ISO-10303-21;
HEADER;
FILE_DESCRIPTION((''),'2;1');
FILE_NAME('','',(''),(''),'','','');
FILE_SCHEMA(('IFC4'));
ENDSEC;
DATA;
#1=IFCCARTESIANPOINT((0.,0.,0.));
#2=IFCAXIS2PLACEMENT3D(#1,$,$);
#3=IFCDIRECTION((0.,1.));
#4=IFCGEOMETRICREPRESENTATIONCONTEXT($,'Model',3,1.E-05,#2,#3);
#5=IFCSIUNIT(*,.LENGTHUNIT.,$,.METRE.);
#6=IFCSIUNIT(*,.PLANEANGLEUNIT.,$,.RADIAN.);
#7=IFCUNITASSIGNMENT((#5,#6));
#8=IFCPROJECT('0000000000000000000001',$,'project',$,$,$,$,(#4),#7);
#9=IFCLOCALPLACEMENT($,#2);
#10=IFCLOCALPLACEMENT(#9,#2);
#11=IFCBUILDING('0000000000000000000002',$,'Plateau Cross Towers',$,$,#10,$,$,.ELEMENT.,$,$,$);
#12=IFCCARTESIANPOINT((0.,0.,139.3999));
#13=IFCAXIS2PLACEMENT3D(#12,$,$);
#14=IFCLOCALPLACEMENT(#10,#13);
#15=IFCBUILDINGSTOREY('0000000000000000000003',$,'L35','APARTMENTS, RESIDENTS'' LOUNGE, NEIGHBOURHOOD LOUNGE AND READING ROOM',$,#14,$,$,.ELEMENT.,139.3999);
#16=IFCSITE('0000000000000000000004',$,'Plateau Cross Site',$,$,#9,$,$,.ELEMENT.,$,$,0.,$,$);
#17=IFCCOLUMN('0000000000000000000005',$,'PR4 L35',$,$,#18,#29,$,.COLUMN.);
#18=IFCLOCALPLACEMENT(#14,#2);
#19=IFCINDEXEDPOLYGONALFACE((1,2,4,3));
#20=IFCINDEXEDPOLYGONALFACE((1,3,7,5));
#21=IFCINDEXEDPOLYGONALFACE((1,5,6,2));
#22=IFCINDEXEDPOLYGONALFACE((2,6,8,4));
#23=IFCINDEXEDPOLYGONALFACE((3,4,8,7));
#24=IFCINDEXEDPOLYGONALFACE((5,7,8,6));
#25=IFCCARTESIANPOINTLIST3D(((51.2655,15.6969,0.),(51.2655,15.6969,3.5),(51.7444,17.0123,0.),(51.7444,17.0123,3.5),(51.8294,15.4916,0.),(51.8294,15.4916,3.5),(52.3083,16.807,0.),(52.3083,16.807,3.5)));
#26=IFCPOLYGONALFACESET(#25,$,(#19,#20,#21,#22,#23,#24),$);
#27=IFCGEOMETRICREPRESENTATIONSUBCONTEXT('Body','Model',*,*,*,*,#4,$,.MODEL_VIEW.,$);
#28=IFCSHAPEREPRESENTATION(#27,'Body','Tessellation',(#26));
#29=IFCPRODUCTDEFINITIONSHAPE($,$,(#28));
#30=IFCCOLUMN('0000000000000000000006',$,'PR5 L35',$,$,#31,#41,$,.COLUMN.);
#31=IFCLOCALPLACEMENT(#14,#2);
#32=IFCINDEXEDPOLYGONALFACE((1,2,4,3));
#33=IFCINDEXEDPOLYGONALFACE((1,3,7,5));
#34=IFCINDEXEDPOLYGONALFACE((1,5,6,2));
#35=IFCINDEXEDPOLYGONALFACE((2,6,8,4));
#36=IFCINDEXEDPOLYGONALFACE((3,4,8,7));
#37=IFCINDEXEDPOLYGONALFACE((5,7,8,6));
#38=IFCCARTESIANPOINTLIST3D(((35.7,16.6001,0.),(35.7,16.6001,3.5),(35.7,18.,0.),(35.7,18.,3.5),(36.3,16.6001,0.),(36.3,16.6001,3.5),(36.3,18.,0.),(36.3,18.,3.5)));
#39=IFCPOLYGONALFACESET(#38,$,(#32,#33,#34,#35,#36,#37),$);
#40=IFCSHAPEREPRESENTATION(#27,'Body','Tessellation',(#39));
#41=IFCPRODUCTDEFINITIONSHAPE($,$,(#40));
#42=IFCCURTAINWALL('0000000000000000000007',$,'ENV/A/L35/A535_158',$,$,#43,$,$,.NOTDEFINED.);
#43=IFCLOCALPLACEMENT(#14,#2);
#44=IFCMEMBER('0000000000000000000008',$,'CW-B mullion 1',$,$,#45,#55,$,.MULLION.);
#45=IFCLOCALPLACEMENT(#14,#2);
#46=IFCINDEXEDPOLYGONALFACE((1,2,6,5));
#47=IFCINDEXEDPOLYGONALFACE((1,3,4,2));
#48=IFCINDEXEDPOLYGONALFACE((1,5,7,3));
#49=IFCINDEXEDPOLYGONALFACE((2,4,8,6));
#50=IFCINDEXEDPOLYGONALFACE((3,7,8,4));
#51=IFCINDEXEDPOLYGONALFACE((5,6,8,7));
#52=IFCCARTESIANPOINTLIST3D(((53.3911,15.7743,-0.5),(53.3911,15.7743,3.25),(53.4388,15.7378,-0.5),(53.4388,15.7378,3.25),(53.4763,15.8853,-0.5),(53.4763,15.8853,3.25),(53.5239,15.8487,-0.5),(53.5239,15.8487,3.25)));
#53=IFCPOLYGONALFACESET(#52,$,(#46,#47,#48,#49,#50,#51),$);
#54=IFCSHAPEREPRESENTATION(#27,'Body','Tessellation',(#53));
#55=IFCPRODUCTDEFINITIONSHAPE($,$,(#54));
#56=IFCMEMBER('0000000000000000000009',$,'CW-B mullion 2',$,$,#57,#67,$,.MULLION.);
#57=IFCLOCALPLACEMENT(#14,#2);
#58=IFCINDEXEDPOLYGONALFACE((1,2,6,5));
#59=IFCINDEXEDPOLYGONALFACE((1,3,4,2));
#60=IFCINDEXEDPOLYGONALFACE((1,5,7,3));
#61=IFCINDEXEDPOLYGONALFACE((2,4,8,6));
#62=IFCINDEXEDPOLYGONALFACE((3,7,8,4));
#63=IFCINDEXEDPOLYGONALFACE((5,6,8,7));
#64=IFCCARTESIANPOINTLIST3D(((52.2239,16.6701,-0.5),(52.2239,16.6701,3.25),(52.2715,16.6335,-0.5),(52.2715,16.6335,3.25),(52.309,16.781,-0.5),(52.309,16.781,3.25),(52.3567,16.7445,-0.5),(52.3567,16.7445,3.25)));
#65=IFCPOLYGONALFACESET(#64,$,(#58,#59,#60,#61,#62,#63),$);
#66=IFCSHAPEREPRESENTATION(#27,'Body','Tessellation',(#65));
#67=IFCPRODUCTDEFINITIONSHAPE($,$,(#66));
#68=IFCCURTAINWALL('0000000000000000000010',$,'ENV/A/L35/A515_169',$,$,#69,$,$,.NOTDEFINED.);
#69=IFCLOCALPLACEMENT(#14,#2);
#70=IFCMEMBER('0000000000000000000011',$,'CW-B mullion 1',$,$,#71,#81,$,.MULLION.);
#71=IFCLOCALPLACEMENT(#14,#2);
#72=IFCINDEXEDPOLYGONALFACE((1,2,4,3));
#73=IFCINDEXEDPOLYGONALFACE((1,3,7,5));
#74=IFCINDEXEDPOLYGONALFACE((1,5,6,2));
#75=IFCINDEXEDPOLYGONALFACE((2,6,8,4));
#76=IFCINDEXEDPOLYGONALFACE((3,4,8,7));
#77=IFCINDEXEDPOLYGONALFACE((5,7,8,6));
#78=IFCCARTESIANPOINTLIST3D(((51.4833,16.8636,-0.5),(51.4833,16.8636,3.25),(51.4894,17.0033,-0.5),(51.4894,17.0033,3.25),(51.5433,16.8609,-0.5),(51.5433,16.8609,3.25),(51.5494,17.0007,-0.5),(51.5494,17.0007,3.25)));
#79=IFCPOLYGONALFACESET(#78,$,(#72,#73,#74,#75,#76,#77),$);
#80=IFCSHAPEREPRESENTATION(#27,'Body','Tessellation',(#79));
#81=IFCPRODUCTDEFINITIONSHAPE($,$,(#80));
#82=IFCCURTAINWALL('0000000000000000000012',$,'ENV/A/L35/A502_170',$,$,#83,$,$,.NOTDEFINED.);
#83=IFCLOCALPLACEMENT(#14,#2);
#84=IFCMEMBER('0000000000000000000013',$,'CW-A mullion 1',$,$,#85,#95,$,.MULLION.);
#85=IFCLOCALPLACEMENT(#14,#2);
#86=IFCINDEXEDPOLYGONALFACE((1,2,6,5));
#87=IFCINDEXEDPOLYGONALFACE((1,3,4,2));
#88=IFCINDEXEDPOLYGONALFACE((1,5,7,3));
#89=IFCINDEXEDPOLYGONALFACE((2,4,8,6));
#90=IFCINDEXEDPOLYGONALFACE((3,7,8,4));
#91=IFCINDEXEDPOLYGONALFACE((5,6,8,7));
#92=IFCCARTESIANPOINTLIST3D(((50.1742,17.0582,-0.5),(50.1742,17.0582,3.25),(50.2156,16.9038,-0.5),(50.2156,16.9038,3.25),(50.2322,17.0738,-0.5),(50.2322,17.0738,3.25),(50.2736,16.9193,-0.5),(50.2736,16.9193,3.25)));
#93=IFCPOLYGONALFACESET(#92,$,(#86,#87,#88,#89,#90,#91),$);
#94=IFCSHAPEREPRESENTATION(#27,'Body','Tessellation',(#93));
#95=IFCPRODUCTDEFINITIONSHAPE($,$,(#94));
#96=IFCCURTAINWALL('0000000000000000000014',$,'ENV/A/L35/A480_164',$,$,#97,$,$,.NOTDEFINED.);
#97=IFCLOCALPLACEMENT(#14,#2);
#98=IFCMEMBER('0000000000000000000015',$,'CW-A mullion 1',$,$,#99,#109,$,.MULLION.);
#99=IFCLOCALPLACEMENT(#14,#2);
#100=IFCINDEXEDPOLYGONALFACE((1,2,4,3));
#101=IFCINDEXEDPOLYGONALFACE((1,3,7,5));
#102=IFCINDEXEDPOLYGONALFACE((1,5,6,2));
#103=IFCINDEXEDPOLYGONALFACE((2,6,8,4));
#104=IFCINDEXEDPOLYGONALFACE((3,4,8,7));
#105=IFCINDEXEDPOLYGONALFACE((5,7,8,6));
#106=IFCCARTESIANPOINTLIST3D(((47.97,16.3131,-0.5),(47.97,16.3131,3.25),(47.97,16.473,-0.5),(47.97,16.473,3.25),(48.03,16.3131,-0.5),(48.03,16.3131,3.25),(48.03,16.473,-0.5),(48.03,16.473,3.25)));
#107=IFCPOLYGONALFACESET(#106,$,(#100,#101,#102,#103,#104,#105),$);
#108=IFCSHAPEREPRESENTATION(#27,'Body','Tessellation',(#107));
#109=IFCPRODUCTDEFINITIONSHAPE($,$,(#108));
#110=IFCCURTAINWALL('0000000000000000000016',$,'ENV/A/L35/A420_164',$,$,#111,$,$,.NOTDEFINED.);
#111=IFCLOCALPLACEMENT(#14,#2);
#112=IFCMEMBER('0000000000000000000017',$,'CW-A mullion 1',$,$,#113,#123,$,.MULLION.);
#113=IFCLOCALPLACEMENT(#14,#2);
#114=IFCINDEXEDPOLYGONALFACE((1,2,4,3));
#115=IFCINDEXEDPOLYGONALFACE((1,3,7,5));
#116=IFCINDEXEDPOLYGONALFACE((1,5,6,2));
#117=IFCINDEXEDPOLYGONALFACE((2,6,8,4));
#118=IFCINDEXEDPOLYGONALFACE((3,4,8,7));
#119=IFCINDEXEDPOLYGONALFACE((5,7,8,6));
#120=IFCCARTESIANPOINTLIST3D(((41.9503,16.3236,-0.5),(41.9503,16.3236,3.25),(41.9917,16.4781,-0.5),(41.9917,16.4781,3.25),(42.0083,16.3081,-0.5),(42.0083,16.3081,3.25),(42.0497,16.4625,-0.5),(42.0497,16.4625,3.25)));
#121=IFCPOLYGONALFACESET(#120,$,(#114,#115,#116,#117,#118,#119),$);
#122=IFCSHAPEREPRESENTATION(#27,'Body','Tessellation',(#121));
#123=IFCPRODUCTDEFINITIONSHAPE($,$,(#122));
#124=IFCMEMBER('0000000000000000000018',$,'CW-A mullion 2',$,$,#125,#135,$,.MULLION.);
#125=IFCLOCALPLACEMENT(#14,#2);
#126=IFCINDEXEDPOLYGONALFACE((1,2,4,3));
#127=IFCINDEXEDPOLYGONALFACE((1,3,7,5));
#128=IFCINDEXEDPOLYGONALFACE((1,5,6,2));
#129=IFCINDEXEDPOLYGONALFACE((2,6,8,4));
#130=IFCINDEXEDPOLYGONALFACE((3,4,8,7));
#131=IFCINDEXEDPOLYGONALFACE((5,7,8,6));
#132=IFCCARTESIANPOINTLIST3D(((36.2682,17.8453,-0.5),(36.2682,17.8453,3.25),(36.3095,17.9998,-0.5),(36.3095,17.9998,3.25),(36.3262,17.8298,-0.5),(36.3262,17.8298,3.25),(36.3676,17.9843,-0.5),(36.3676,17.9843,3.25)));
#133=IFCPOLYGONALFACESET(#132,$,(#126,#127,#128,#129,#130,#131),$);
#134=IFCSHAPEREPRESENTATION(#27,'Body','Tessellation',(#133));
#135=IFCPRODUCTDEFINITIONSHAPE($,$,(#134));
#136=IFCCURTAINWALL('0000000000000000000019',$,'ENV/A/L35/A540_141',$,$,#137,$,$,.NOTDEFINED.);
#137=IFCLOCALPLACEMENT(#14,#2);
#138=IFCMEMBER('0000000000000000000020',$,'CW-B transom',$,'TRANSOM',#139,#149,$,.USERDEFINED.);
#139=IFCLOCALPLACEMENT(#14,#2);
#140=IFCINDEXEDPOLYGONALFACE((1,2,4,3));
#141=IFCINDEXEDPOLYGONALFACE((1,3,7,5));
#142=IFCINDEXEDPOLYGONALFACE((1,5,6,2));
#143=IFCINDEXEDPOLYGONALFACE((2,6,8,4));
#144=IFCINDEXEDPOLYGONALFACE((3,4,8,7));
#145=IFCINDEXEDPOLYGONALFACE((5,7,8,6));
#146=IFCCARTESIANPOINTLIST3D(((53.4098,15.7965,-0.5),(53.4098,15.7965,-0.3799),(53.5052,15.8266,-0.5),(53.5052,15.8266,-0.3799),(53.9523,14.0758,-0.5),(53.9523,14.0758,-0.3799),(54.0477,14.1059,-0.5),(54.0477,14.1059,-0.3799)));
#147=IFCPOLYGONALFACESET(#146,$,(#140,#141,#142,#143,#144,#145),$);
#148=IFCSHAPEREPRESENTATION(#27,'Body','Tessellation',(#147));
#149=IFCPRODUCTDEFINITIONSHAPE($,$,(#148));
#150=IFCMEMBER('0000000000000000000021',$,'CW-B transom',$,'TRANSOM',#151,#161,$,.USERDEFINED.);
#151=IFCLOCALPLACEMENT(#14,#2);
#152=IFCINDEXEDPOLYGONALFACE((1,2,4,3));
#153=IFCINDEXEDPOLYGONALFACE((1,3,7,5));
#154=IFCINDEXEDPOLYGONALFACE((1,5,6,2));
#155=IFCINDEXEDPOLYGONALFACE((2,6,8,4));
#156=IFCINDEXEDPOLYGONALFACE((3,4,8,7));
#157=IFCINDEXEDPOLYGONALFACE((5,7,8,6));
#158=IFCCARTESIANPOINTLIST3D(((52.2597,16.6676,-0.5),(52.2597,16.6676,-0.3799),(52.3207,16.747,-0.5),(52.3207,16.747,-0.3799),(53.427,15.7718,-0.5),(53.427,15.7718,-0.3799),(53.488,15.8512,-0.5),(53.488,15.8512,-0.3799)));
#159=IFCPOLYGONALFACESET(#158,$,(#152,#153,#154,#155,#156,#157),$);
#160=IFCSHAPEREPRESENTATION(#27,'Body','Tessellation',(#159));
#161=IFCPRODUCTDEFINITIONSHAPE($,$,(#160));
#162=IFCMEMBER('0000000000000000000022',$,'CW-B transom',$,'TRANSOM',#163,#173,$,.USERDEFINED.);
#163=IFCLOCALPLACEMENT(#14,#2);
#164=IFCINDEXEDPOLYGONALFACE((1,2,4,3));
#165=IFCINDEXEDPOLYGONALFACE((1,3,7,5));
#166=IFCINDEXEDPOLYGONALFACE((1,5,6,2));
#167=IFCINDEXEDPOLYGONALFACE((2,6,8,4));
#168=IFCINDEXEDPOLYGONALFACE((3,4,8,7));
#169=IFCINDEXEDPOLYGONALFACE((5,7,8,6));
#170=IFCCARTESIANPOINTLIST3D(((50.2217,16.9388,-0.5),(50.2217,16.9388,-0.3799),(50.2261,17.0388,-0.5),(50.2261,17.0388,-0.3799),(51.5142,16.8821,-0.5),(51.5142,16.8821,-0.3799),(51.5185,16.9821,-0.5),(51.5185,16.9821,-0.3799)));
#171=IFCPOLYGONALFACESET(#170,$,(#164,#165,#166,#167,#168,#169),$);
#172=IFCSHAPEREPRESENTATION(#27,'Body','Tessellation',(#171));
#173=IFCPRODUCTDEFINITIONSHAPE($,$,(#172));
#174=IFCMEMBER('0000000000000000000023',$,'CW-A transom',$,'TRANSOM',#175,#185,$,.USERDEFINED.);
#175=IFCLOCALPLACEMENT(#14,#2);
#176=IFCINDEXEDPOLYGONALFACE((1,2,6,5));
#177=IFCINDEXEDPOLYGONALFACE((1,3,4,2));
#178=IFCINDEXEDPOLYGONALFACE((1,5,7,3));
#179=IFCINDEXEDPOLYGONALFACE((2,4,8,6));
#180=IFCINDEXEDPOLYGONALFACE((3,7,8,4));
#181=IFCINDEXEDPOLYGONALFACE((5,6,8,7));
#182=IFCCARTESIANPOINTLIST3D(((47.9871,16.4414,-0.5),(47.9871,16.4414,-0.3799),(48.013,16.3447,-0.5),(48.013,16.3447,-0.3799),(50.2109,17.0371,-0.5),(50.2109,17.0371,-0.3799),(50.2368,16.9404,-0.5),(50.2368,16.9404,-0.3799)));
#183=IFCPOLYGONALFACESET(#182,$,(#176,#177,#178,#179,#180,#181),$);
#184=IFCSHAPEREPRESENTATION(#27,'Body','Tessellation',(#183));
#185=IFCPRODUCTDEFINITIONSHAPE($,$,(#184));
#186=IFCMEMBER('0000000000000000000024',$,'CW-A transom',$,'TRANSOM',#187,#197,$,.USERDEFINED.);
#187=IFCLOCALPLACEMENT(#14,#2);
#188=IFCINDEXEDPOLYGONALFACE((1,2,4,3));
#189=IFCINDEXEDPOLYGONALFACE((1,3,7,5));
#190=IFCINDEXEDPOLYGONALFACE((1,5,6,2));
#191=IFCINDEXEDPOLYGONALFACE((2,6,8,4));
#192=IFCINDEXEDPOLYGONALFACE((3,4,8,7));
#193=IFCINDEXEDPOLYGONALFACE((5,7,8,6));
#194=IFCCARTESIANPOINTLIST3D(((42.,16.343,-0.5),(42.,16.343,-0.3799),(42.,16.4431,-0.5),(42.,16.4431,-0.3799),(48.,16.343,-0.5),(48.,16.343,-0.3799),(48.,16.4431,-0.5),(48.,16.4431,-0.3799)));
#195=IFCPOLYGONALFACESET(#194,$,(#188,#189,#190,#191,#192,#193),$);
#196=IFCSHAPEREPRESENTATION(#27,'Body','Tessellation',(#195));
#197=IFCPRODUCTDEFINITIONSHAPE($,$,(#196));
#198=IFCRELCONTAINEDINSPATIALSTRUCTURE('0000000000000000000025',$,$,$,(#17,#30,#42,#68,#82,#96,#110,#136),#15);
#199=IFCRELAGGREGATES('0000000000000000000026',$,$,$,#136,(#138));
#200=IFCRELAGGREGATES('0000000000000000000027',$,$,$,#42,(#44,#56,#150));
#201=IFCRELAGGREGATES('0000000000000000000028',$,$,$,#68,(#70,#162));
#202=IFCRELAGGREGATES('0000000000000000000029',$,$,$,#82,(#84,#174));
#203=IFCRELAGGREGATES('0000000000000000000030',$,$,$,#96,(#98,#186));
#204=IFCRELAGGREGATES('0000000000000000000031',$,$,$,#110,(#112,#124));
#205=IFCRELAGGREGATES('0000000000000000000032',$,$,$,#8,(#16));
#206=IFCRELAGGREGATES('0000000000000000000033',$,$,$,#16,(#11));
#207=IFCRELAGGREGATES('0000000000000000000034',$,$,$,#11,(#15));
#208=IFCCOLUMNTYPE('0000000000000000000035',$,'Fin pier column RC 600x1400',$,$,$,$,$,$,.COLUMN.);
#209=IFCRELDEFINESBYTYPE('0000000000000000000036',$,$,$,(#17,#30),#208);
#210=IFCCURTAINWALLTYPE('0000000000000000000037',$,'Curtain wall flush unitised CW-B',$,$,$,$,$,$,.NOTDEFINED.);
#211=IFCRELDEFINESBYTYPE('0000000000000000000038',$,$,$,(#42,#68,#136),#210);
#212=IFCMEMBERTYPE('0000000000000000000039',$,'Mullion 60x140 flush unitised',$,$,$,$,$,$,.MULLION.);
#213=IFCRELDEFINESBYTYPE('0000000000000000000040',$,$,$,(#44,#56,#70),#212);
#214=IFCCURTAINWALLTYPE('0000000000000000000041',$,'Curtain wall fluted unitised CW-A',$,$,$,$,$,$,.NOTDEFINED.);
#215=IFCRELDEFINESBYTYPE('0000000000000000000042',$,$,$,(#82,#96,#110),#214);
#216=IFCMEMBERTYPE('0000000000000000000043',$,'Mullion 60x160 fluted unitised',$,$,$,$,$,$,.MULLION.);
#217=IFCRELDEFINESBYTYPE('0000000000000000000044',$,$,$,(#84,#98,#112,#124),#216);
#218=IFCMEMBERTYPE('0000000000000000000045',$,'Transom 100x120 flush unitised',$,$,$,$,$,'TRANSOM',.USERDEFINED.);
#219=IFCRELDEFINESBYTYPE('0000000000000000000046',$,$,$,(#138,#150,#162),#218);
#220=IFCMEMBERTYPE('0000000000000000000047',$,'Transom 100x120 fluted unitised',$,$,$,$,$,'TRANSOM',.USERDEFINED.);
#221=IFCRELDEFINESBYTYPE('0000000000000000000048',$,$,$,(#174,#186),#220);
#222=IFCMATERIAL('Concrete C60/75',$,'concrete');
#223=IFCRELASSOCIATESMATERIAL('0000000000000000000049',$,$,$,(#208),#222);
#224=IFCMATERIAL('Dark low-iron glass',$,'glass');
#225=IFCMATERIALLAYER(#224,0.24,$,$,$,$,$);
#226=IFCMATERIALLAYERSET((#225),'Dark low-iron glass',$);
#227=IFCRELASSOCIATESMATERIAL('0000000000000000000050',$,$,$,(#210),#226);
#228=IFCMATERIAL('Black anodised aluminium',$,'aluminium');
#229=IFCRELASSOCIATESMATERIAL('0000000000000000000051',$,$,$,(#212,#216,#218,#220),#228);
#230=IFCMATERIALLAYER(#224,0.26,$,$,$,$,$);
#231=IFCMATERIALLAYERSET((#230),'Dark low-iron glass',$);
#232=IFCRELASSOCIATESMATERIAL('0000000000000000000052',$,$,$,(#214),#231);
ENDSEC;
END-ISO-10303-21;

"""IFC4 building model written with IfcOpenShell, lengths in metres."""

from ifc_helpers import new_model, si_unit, direction, frame, origin, origin_2d, place, context, subcontext, project, spatial, rectangle, extrude, material, layer, layer_set, material_profile, profile_set, type_object, element, aggregate, save


model = new_model("IFC4")

# Units and contexts
model_context = context("Model", 3, precision=1e-05, world=origin(), true_north=direction((0.0, 1.0)))
body_context = subcontext(model_context, "Body", "Model", "MODEL_VIEW")
ifc_project = project(units=[si_unit("LENGTHUNIT", "METRE"), si_unit("PLANEANGLEUNIT", "RADIAN")], contexts=[model_context])

# Site, building, storey
site_placement = place(None, origin())
site = spatial("IfcSite", under=ifc_project, at=site_placement, Name="Plateau Cross Site", CompositionType="ELEMENT", RefElevation=0.0)
building_placement = place(site_placement, origin())
building = spatial("IfcBuilding", under=site, at=building_placement, Name="Plateau Cross Towers", CompositionType="ELEMENT")
storey_placement = place(building_placement, frame((0.0, 0.0, 139.3999)))
storey = spatial("IfcBuildingStorey", under=building, at=storey_placement, Name="L35", Description="APARTMENTS, RESIDENTS' LOUNGE, NEIGHBOURHOOD LOUNGE AND READING ROOM", CompositionType="ELEMENT", Elevation=139.3999)

# Columns
ifc_material_1 = material(Name="Concrete C60/75", Category="concrete")
ifc_material_profile_1 = material_profile(ifc_material_1, rectangle(XDim=0.6001, YDim=1.3999, at=origin_2d()), Name="RC 600x1400")
ifc_profile_set_1 = profile_set([ifc_material_profile_1], Name="Concrete C60/75")
column_type = type_object("IfcColumnType", Name="Fin pier column RC 600x1400", PredefinedType="COLUMN", material=ifc_profile_set_1)
for number, where, z_axis, x_axis, name in (
    (1, (51.7869, 16.252, 0.0), (0.0, 0.0, 1.0), (-0.939664, 0.342098, 0.0), "PR4 L35"),
    (2, (36.0, 17.3, 0.0), (0.0, 0.0, 1.0), (1.0, 0.0, 0.0), "PR5 L35"),
):
    element("IfcColumn", number, at=place(storey_placement, frame(where, z_axis=z_axis, x_axis=x_axis)), inside=storey, type_object=column_type, Name=name, PredefinedType="COLUMN", context=body_context, shape_type="SweptSolid", body=[
        extrude(rectangle(XDim=0.6001, YDim=1.3999, at=origin_2d()), origin(), (0.0, 0.0, 1.0), 3.5),
    ])

# Curtain wall, members
ifc_material_2 = material(Name="Dark low-iron glass", Category="glass")
ifc_layer_1 = layer(ifc_material_2, 0.24)
ifc_layer_set_1 = layer_set([ifc_layer_1], Name="Dark low-iron glass")
curtain_wall_type_1 = type_object("IfcCurtainWallType", Name="Curtain wall flush unitised CW-B", PredefinedType="NOTDEFINED", material=ifc_layer_set_1)
curtain_wall_1_placement = place(storey_placement, origin())
curtain_wall_1 = element("IfcCurtainWall", 3, at=curtain_wall_1_placement, inside=storey, type_object=curtain_wall_type_1, Name="ENV/A/L35/A535_158", PredefinedType="NOTDEFINED")
ifc_material_3 = material(Name="Black anodised aluminium", Category="aluminium")
ifc_material_profile_2 = material_profile(ifc_material_3, rectangle(XDim=0.0601, YDim=0.1399, at=origin_2d()), Name="MULLION 60x140")
ifc_profile_set_2 = profile_set([ifc_material_profile_2], Name="Black anodised aluminium")
member_type_1 = type_object("IfcMemberType", Name="Mullion 60x140 flush unitised", PredefinedType="MULLION", material=ifc_profile_set_2)
member_1_placement = place(storey_placement, frame((53.4575, 15.8115, -0.5), z_axis=(0.0, 0.0, 1.0), x_axis=(-0.793316, 0.608811, 0.0)))
member_1 = element("IfcMember", 4, at=member_1_placement, type_object=member_type_1, Name="CW-B mullion 1", PredefinedType="MULLION", context=body_context, shape_type="SweptSolid", body=[
    extrude(rectangle(XDim=0.0601, YDim=0.1399, at=origin_2d()), origin(), (0.0, 0.0, 1.0), 3.75),
])
member_2_placement = place(storey_placement, frame((52.2903, 16.7073, -0.5), z_axis=(0.0, 0.0, 1.0), x_axis=(-0.793316, 0.608811, 0.0)))
member_2 = element("IfcMember", 5, at=member_2_placement, type_object=member_type_1, Name="CW-B mullion 2", PredefinedType="MULLION", context=body_context, shape_type="SweptSolid", body=[
    extrude(rectangle(XDim=0.0601, YDim=0.1399, at=origin_2d()), origin(), (0.0, 0.0, 1.0), 3.75),
])

# Curtain walls, members
curtain_wall_2_placement = place(storey_placement, origin())
curtain_wall_2 = element("IfcCurtainWall", 6, at=curtain_wall_2_placement, inside=storey, type_object=curtain_wall_type_1, Name="ENV/A/L35/A515_169", PredefinedType="NOTDEFINED")
member_3_placement = place(storey_placement, frame((51.5164, 16.9321, -0.5), z_axis=(0.0, 0.0, 1.0), x_axis=(-0.999044, 0.043723, 0.0)))
member_3 = element("IfcMember", 7, at=member_3_placement, type_object=member_type_1, Name="CW-B mullion 1", PredefinedType="MULLION", context=body_context, shape_type="SweptSolid", body=[
    extrude(rectangle(XDim=0.0601, YDim=0.1399, at=origin_2d()), origin(), (0.0, 0.0, 1.0), 3.75),
])
ifc_layer_2 = layer(ifc_material_2, 0.26)
ifc_layer_set_2 = layer_set([ifc_layer_2], Name="Dark low-iron glass")
curtain_wall_type_2 = type_object("IfcCurtainWallType", Name="Curtain wall fluted unitised CW-A", PredefinedType="NOTDEFINED", material=ifc_layer_set_2)
curtain_wall_3_placement = place(storey_placement, origin())
curtain_wall_3 = element("IfcCurtainWall", 8, at=curtain_wall_3_placement, inside=storey, type_object=curtain_wall_type_2, Name="ENV/A/L35/A502_170", PredefinedType="NOTDEFINED")
ifc_material_profile_3 = material_profile(ifc_material_3, rectangle(XDim=0.0601, YDim=0.1599, at=origin_2d()), Name="MULLION 60x160")
ifc_profile_set_3 = profile_set([ifc_material_profile_3], Name="Black anodised aluminium")
member_type_2 = type_object("IfcMemberType", Name="Mullion 60x160 fluted unitised", PredefinedType="MULLION", material=ifc_profile_set_3)
member_4_placement = place(storey_placement, frame((50.2239, 16.9888, -0.5), z_axis=(0.0, 0.0, 1.0), x_axis=(-0.965958, -0.258699, 0.0)))
member_4 = element("IfcMember", 9, at=member_4_placement, type_object=member_type_2, Name="CW-A mullion 1", PredefinedType="MULLION", context=body_context, shape_type="SweptSolid", body=[
    extrude(rectangle(XDim=0.0601, YDim=0.1599, at=origin_2d()), origin(), (0.0, 0.0, 1.0), 3.75),
])
curtain_wall_4_placement = place(storey_placement, origin())
curtain_wall_4 = element("IfcCurtainWall", 10, at=curtain_wall_4_placement, inside=storey, type_object=curtain_wall_type_2, Name="ENV/A/L35/A480_164", PredefinedType="NOTDEFINED")
member_5_placement = place(storey_placement, frame((48.0, 16.3931, -0.5), z_axis=(0.0, 0.0, 1.0), x_axis=(-1.0, 0.0, 0.0)))
member_5 = element("IfcMember", 11, at=member_5_placement, type_object=member_type_2, Name="CW-A mullion 1", PredefinedType="MULLION", context=body_context, shape_type="SweptSolid", body=[
    extrude(rectangle(XDim=0.0601, YDim=0.1599, at=origin_2d()), origin(), (0.0, 0.0, 1.0), 3.75),
])

# Curtain wall, members
curtain_wall_5_placement = place(storey_placement, origin())
curtain_wall_5 = element("IfcCurtainWall", 12, at=curtain_wall_5_placement, inside=storey, type_object=curtain_wall_type_2, Name="ENV/A/L35/A420_164", PredefinedType="NOTDEFINED")
member_6_placement = place(storey_placement, frame((42.0, 16.3931, -0.5), z_axis=(0.0, 0.0, 1.0), x_axis=(-0.965958, 0.258699, 0.0)))
member_6 = element("IfcMember", 13, at=member_6_placement, type_object=member_type_2, Name="CW-A mullion 1", PredefinedType="MULLION", context=body_context, shape_type="SweptSolid", body=[
    extrude(rectangle(XDim=0.0601, YDim=0.1599, at=origin_2d()), origin(), (0.0, 0.0, 1.0), 3.75),
])
member_7_placement = place(storey_placement, frame((36.3179, 17.9148, -0.5), z_axis=(0.0, 0.0, 1.0), x_axis=(-0.965958, 0.258699, 0.0)))
member_7 = element("IfcMember", 14, at=member_7_placement, type_object=member_type_2, Name="CW-A mullion 2", PredefinedType="MULLION", context=body_context, shape_type="SweptSolid", body=[
    extrude(rectangle(XDim=0.0601, YDim=0.1599, at=origin_2d()), origin(), (0.0, 0.0, 1.0), 3.75),
])

# Curtain wall, member
curtain_wall_6_placement = place(storey_placement, origin())
curtain_wall_6 = element("IfcCurtainWall", 15, at=curtain_wall_6_placement, inside=storey, type_object=curtain_wall_type_1, Name="ENV/A/L35/A540_141", PredefinedType="NOTDEFINED")
ifc_material_profile_4 = material_profile(ifc_material_3, rectangle(XDim=0.1001, YDim=0.1201, at=origin_2d()), Name="TRANSOM 100x120")
ifc_profile_set_4 = profile_set([ifc_material_profile_4], Name="Black anodised aluminium")
member_type_3 = type_object("IfcMemberType", Name="Transom 100x120 flush unitised", ElementType="TRANSOM", PredefinedType="USERDEFINED", material=ifc_profile_set_4)
member_8_placement = place(storey_placement, frame((54.0, 14.0908, -0.4399), z_axis=(-0.300678, 0.953726, 0.0), x_axis=(-0.953726, -0.300678, 0.0)))
member_8 = element("IfcMember", 16, at=member_8_placement, type_object=member_type_3, Name="CW-B transom", ObjectType="TRANSOM", PredefinedType="USERDEFINED", context=body_context, shape_type="SweptSolid", body=[
    extrude(rectangle(XDim=0.1001, YDim=0.1201, at=origin_2d()), origin(), (0.0, 0.0, 1.0), 1.8042),
])

# Members
member_9_placement = place(storey_placement, frame((53.4575, 15.8115, -0.4399), z_axis=(-0.793321, 0.608804, 0.0), x_axis=(-0.608804, -0.793321, 0.0)))
member_9 = element("IfcMember", 17, at=member_9_placement, type_object=member_type_3, Name="CW-B transom", ObjectType="TRANSOM", PredefinedType="USERDEFINED", context=body_context, shape_type="SweptSolid", body=[
    extrude(rectangle(XDim=0.1001, YDim=0.1201, at=origin_2d()), origin(), (0.0, 0.0, 1.0), 1.4714),
])
member_10_placement = place(storey_placement, frame((51.5164, 16.9321, -0.4399), z_axis=(-0.999041, 0.043781, 0.0), x_axis=(-0.043781, -0.999041, 0.0)))
member_10 = element("IfcMember", 18, at=member_10_placement, type_object=member_type_3, Name="CW-B transom", ObjectType="TRANSOM", PredefinedType="USERDEFINED", context=body_context, shape_type="SweptSolid", body=[
    extrude(rectangle(XDim=0.1001, YDim=0.1201, at=origin_2d()), origin(), (0.0, 0.0, 1.0), 1.2937),
])
ifc_material_profile_5 = material_profile(ifc_material_3, rectangle(XDim=0.1001, YDim=0.1201, at=origin_2d()), Name="TRANSOM 100x120")
ifc_profile_set_5 = profile_set([ifc_material_profile_5], Name="Black anodised aluminium")
member_type_4 = type_object("IfcMemberType", Name="Transom 100x120 fluted unitised", ElementType="TRANSOM", PredefinedType="USERDEFINED", material=ifc_profile_set_5)
member_11_placement = place(storey_placement, frame((50.2239, 16.9888, -0.4399), z_axis=(-0.965946, -0.258745, 0.0), x_axis=(0.258745, -0.965946, 0.0)))
member_11 = element("IfcMember", 19, at=member_11_placement, type_object=member_type_4, Name="CW-A transom", ObjectType="TRANSOM", PredefinedType="USERDEFINED", context=body_context, shape_type="SweptSolid", body=[
    extrude(rectangle(XDim=0.1001, YDim=0.1201, at=origin_2d()), origin(), (0.0, 0.0, 1.0), 2.3022),
])
member_12_placement = place(storey_placement, frame((48.0, 16.3931, -0.4399), z_axis=(-1.0, 0.0, 0.0), x_axis=(0.0, -1.0, 0.0)))
member_12 = element("IfcMember", 20, at=member_12_placement, type_object=member_type_4, Name="CW-A transom", ObjectType="TRANSOM", PredefinedType="USERDEFINED", context=body_context, shape_type="SweptSolid", body=[
    extrude(rectangle(XDim=0.1001, YDim=0.1201, at=origin_2d()), origin(), (0.0, 0.0, 1.0), 6.0),
])

aggregate(curtain_wall_6, [member_8])
aggregate(curtain_wall_1, [member_1, member_2, member_9])
aggregate(curtain_wall_2, [member_3, member_10])
aggregate(curtain_wall_3, [member_4, member_11])
aggregate(curtain_wall_4, [member_5, member_12])
aggregate(curtain_wall_5, [member_6, member_7])

save(model, "model.ifc")
